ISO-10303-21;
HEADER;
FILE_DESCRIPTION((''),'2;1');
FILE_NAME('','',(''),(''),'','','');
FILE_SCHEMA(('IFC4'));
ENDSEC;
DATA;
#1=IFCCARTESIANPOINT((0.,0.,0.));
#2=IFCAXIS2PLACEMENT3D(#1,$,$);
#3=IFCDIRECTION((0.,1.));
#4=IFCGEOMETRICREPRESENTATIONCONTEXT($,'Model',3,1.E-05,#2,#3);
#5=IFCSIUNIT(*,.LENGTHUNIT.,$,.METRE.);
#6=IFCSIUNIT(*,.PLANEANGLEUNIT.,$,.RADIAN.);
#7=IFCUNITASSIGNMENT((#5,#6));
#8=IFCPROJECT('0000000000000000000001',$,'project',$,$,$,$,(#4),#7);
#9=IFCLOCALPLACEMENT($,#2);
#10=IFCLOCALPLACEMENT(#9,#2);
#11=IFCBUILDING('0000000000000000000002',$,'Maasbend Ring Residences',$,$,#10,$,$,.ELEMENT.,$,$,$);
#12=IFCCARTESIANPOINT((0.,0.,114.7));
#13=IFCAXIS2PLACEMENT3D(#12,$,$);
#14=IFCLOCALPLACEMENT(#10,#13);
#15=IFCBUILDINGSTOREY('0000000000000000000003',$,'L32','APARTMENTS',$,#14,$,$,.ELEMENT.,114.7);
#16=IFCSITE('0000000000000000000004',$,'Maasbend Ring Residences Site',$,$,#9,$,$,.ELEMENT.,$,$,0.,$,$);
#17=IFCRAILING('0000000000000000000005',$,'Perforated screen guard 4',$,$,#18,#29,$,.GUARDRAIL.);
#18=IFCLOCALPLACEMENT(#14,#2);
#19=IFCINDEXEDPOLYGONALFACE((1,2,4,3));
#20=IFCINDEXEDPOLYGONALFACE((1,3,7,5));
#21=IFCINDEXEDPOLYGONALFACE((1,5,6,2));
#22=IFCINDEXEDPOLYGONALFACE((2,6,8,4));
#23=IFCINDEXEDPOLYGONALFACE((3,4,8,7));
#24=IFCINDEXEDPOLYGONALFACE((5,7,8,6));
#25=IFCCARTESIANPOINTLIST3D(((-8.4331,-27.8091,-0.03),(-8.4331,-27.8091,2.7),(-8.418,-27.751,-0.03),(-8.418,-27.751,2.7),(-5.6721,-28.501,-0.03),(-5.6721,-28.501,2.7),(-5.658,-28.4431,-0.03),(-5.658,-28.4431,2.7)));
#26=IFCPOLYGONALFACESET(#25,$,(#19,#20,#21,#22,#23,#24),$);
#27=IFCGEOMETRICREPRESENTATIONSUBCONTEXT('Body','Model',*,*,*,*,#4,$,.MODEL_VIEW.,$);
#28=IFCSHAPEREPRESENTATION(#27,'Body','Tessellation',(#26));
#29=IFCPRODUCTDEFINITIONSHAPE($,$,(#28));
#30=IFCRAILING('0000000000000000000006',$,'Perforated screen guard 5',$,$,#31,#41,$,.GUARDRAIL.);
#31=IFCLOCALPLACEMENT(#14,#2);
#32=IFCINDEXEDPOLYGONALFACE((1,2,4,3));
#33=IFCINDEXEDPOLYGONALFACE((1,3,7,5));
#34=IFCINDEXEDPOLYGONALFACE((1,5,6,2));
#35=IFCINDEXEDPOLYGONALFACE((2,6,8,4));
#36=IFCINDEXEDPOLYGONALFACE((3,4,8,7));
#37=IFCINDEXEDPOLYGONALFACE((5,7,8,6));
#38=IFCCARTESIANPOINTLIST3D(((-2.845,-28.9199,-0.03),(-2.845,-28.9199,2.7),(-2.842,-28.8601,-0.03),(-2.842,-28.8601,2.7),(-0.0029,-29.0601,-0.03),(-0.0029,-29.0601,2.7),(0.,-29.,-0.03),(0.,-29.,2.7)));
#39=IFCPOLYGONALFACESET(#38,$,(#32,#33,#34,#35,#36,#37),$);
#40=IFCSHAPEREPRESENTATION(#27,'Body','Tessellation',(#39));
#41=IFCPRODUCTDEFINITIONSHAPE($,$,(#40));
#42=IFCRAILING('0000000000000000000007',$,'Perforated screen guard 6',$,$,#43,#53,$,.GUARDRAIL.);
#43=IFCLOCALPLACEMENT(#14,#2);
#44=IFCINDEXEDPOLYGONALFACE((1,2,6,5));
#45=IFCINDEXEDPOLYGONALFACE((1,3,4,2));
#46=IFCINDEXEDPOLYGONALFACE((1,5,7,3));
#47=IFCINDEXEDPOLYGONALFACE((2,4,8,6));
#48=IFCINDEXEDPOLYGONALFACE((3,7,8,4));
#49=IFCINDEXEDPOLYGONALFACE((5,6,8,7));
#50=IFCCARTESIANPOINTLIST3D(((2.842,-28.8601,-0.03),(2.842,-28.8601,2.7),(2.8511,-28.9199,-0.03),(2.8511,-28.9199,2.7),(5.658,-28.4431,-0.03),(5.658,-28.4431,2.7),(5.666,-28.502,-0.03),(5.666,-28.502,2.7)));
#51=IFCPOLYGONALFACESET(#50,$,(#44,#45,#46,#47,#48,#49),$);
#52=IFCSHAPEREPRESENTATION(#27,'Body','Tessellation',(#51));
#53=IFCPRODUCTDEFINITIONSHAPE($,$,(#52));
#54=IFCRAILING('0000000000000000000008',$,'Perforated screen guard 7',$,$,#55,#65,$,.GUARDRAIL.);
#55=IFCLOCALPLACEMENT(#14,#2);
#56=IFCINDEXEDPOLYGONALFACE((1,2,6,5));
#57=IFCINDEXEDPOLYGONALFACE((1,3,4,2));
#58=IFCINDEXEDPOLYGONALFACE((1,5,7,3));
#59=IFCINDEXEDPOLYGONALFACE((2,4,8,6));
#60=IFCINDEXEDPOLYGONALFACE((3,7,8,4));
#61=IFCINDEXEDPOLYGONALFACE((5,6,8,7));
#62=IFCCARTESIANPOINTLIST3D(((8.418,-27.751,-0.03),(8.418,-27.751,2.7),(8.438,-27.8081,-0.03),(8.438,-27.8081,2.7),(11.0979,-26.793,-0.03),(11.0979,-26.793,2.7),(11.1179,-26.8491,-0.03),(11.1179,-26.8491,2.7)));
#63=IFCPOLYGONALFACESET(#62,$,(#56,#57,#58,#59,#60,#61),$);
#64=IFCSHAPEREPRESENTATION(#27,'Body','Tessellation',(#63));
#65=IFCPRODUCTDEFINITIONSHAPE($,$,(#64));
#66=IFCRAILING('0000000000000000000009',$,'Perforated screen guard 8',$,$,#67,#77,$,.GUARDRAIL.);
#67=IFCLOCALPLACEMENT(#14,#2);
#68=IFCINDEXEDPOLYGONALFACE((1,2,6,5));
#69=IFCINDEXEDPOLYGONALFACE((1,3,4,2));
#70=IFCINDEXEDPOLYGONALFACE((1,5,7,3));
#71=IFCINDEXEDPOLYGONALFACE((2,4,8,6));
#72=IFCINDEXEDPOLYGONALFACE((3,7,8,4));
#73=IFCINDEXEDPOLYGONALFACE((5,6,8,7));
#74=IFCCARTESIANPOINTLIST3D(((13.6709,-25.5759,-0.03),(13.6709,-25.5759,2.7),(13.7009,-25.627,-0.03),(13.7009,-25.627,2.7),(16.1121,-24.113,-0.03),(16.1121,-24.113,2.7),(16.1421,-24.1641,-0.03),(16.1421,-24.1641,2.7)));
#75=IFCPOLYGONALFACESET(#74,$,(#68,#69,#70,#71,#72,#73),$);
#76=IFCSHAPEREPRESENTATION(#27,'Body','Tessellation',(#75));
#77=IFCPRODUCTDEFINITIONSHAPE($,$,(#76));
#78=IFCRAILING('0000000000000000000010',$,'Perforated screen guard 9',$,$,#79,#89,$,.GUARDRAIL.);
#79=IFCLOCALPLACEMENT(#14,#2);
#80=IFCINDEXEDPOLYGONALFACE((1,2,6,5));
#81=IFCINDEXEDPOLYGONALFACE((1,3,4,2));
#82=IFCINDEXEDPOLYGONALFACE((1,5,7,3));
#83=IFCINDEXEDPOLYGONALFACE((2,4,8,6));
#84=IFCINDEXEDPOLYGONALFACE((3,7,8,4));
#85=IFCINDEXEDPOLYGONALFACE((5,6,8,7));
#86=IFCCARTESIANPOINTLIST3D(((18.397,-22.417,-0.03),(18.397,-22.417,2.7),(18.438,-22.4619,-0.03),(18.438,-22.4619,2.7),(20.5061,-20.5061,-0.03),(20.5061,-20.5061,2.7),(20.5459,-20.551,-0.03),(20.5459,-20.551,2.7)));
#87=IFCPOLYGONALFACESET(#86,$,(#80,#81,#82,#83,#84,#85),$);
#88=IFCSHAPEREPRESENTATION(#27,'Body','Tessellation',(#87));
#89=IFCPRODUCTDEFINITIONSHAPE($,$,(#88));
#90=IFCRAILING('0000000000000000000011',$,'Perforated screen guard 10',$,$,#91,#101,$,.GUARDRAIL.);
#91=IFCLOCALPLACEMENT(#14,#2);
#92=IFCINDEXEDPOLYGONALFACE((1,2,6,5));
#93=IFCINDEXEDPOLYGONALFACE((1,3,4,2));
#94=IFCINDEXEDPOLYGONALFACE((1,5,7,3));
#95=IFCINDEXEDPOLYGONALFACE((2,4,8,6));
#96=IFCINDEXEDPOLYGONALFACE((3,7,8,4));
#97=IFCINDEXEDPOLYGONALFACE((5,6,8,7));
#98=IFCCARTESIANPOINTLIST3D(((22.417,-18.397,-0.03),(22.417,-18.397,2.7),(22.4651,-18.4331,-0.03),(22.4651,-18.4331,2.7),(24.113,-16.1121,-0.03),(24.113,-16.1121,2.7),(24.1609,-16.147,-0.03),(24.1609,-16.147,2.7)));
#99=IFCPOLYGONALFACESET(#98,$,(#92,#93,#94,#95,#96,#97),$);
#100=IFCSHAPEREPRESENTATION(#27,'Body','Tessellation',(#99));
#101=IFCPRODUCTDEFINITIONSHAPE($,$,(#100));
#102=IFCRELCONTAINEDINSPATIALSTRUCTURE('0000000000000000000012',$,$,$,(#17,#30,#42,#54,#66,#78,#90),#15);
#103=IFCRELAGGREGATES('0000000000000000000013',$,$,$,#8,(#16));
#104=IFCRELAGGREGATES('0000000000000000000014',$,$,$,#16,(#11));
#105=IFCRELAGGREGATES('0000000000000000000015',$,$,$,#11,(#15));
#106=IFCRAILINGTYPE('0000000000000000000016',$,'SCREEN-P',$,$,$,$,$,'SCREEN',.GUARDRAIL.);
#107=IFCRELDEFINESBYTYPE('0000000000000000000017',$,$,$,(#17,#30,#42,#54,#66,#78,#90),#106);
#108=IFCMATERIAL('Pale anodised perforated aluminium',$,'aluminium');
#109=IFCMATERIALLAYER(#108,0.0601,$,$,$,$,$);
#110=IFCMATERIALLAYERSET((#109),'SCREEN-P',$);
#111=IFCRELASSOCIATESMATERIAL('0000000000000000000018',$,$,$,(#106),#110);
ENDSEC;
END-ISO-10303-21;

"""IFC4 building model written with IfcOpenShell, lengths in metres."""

from ifc_helpers import new_model, si_unit, direction, frame, origin, place, context, subcontext, project, spatial, polyline, outline, extrude, material, layer, layer_set, type_object, element, save


model = new_model("IFC4")

# Units and contexts
model_context = context("Model", 3, precision=1e-05, world=origin(), true_north=direction((0.0, 1.0)))
body_context = subcontext(model_context, "Body", "Model", "MODEL_VIEW")
ifc_project = project(units=[si_unit("LENGTHUNIT", "METRE"), si_unit("PLANEANGLEUNIT", "RADIAN")], contexts=[model_context])

# Site, building, storey
site_placement = place(None, origin())
site = spatial("IfcSite", under=ifc_project, at=site_placement, Name="Maasbend Ring Residences Site", CompositionType="ELEMENT", RefElevation=0.0)
building_placement = place(site_placement, origin())
building = spatial("IfcBuilding", under=site, at=building_placement, Name="Maasbend Ring Residences", CompositionType="ELEMENT")
storey_placement = place(building_placement, frame((0.0, 0.0, 114.7)))
storey = spatial("IfcBuildingStorey", under=building, at=storey_placement, Name="L32", Description="APARTMENTS", CompositionType="ELEMENT", Elevation=114.7)

# Railings
ifc_material_1 = material(Name="Pale anodised perforated aluminium", Category="aluminium")
ifc_layer_1 = layer(ifc_material_1, 0.0601)
ifc_layer_set_1 = layer_set([ifc_layer_1], Name="SCREEN-P")
railing_type = type_object("IfcRailingType", Name="SCREEN-P", ElementType="SCREEN", PredefinedType="GUARDRAIL", material=ifc_layer_set_1)
railing_1_placement = place(storey_placement, frame((0.0, 0.0, -0.03)))
element("IfcRailing", 1, at=railing_1_placement, inside=storey, type_object=railing_type, Name="Perforated screen guard 4", PredefinedType="GUARDRAIL", context=body_context, shape_type="SweptSolid", body=[
    extrude(outline(polyline([(-8.418, -27.751), (-5.658, -28.4431), (-5.6721, -28.501), (-8.4331, -27.8091), (-8.418, -27.751)])), origin(), (0.0, 0.0, 1.0), 2.73),
])
railing_2_placement = place(storey_placement, frame((0.0, 0.0, -0.03)))
element("IfcRailing", 2, at=railing_2_placement, inside=storey, type_object=railing_type, Name="Perforated screen guard 5", PredefinedType="GUARDRAIL", context=body_context, shape_type="SweptSolid", body=[
    extrude(outline(polyline([(-2.842, -28.8601), (0.0, -29.0), (-0.0029, -29.0601), (-2.845, -28.9199), (-2.842, -28.8601)])), origin(), (0.0, 0.0, 1.0), 2.73),
])
railing_3_placement = place(storey_placement, frame((0.0, 0.0, -0.03)))
element("IfcRailing", 3, at=railing_3_placement, inside=storey, type_object=railing_type, Name="Perforated screen guard 6", PredefinedType="GUARDRAIL", context=body_context, shape_type="SweptSolid", body=[
    extrude(outline(polyline([(2.842, -28.8601), (5.658, -28.4431), (5.666, -28.502), (2.8511, -28.9199), (2.842, -28.8601)])), origin(), (0.0, 0.0, 1.0), 2.73),
])
railing_4_placement = place(storey_placement, frame((0.0, 0.0, -0.03)))
element("IfcRailing", 4, at=railing_4_placement, inside=storey, type_object=railing_type, Name="Perforated screen guard 7", PredefinedType="GUARDRAIL", context=body_context, shape_type="SweptSolid", body=[
    extrude(outline(polyline([(8.418, -27.751), (11.0979, -26.793), (11.1179, -26.8491), (8.438, -27.8081), (8.418, -27.751)])), origin(), (0.0, 0.0, 1.0), 2.73),
])
railing_5_placement = place(storey_placement, frame((0.0, 0.0, -0.03)))
element("IfcRailing", 5, at=railing_5_placement, inside=storey, type_object=railing_type, Name="Perforated screen guard 8", PredefinedType="GUARDRAIL", context=body_context, shape_type="SweptSolid", body=[
    extrude(outline(polyline([(13.6709, -25.5759), (16.1121, -24.113), (16.1421, -24.1641), (13.7009, -25.627), (13.6709, -25.5759)])), origin(), (0.0, 0.0, 1.0), 2.73),
])
railing_6_placement = place(storey_placement, frame((0.0, 0.0, -0.03)))
element("IfcRailing", 6, at=railing_6_placement, inside=storey, type_object=railing_type, Name="Perforated screen guard 9", PredefinedType="GUARDRAIL", context=body_context, shape_type="SweptSolid", body=[
    extrude(outline(polyline([(18.397, -22.417), (20.5061, -20.5061), (20.5459, -20.551), (18.438, -22.4619), (18.397, -22.417)])), origin(), (0.0, 0.0, 1.0), 2.73),
])
railing_7_placement = place(storey_placement, frame((0.0, 0.0, -0.03)))
element("IfcRailing", 7, at=railing_7_placement, inside=storey, type_object=railing_type, Name="Perforated screen guard 10", PredefinedType="GUARDRAIL", context=body_context, shape_type="SweptSolid", body=[
    extrude(outline(polyline([(22.417, -18.397), (24.113, -16.1121), (24.1609, -16.147), (22.4651, -18.4331), (22.417, -18.397)])), origin(), (0.0, 0.0, 1.0), 2.73),
])

save(model, "model.ifc")
